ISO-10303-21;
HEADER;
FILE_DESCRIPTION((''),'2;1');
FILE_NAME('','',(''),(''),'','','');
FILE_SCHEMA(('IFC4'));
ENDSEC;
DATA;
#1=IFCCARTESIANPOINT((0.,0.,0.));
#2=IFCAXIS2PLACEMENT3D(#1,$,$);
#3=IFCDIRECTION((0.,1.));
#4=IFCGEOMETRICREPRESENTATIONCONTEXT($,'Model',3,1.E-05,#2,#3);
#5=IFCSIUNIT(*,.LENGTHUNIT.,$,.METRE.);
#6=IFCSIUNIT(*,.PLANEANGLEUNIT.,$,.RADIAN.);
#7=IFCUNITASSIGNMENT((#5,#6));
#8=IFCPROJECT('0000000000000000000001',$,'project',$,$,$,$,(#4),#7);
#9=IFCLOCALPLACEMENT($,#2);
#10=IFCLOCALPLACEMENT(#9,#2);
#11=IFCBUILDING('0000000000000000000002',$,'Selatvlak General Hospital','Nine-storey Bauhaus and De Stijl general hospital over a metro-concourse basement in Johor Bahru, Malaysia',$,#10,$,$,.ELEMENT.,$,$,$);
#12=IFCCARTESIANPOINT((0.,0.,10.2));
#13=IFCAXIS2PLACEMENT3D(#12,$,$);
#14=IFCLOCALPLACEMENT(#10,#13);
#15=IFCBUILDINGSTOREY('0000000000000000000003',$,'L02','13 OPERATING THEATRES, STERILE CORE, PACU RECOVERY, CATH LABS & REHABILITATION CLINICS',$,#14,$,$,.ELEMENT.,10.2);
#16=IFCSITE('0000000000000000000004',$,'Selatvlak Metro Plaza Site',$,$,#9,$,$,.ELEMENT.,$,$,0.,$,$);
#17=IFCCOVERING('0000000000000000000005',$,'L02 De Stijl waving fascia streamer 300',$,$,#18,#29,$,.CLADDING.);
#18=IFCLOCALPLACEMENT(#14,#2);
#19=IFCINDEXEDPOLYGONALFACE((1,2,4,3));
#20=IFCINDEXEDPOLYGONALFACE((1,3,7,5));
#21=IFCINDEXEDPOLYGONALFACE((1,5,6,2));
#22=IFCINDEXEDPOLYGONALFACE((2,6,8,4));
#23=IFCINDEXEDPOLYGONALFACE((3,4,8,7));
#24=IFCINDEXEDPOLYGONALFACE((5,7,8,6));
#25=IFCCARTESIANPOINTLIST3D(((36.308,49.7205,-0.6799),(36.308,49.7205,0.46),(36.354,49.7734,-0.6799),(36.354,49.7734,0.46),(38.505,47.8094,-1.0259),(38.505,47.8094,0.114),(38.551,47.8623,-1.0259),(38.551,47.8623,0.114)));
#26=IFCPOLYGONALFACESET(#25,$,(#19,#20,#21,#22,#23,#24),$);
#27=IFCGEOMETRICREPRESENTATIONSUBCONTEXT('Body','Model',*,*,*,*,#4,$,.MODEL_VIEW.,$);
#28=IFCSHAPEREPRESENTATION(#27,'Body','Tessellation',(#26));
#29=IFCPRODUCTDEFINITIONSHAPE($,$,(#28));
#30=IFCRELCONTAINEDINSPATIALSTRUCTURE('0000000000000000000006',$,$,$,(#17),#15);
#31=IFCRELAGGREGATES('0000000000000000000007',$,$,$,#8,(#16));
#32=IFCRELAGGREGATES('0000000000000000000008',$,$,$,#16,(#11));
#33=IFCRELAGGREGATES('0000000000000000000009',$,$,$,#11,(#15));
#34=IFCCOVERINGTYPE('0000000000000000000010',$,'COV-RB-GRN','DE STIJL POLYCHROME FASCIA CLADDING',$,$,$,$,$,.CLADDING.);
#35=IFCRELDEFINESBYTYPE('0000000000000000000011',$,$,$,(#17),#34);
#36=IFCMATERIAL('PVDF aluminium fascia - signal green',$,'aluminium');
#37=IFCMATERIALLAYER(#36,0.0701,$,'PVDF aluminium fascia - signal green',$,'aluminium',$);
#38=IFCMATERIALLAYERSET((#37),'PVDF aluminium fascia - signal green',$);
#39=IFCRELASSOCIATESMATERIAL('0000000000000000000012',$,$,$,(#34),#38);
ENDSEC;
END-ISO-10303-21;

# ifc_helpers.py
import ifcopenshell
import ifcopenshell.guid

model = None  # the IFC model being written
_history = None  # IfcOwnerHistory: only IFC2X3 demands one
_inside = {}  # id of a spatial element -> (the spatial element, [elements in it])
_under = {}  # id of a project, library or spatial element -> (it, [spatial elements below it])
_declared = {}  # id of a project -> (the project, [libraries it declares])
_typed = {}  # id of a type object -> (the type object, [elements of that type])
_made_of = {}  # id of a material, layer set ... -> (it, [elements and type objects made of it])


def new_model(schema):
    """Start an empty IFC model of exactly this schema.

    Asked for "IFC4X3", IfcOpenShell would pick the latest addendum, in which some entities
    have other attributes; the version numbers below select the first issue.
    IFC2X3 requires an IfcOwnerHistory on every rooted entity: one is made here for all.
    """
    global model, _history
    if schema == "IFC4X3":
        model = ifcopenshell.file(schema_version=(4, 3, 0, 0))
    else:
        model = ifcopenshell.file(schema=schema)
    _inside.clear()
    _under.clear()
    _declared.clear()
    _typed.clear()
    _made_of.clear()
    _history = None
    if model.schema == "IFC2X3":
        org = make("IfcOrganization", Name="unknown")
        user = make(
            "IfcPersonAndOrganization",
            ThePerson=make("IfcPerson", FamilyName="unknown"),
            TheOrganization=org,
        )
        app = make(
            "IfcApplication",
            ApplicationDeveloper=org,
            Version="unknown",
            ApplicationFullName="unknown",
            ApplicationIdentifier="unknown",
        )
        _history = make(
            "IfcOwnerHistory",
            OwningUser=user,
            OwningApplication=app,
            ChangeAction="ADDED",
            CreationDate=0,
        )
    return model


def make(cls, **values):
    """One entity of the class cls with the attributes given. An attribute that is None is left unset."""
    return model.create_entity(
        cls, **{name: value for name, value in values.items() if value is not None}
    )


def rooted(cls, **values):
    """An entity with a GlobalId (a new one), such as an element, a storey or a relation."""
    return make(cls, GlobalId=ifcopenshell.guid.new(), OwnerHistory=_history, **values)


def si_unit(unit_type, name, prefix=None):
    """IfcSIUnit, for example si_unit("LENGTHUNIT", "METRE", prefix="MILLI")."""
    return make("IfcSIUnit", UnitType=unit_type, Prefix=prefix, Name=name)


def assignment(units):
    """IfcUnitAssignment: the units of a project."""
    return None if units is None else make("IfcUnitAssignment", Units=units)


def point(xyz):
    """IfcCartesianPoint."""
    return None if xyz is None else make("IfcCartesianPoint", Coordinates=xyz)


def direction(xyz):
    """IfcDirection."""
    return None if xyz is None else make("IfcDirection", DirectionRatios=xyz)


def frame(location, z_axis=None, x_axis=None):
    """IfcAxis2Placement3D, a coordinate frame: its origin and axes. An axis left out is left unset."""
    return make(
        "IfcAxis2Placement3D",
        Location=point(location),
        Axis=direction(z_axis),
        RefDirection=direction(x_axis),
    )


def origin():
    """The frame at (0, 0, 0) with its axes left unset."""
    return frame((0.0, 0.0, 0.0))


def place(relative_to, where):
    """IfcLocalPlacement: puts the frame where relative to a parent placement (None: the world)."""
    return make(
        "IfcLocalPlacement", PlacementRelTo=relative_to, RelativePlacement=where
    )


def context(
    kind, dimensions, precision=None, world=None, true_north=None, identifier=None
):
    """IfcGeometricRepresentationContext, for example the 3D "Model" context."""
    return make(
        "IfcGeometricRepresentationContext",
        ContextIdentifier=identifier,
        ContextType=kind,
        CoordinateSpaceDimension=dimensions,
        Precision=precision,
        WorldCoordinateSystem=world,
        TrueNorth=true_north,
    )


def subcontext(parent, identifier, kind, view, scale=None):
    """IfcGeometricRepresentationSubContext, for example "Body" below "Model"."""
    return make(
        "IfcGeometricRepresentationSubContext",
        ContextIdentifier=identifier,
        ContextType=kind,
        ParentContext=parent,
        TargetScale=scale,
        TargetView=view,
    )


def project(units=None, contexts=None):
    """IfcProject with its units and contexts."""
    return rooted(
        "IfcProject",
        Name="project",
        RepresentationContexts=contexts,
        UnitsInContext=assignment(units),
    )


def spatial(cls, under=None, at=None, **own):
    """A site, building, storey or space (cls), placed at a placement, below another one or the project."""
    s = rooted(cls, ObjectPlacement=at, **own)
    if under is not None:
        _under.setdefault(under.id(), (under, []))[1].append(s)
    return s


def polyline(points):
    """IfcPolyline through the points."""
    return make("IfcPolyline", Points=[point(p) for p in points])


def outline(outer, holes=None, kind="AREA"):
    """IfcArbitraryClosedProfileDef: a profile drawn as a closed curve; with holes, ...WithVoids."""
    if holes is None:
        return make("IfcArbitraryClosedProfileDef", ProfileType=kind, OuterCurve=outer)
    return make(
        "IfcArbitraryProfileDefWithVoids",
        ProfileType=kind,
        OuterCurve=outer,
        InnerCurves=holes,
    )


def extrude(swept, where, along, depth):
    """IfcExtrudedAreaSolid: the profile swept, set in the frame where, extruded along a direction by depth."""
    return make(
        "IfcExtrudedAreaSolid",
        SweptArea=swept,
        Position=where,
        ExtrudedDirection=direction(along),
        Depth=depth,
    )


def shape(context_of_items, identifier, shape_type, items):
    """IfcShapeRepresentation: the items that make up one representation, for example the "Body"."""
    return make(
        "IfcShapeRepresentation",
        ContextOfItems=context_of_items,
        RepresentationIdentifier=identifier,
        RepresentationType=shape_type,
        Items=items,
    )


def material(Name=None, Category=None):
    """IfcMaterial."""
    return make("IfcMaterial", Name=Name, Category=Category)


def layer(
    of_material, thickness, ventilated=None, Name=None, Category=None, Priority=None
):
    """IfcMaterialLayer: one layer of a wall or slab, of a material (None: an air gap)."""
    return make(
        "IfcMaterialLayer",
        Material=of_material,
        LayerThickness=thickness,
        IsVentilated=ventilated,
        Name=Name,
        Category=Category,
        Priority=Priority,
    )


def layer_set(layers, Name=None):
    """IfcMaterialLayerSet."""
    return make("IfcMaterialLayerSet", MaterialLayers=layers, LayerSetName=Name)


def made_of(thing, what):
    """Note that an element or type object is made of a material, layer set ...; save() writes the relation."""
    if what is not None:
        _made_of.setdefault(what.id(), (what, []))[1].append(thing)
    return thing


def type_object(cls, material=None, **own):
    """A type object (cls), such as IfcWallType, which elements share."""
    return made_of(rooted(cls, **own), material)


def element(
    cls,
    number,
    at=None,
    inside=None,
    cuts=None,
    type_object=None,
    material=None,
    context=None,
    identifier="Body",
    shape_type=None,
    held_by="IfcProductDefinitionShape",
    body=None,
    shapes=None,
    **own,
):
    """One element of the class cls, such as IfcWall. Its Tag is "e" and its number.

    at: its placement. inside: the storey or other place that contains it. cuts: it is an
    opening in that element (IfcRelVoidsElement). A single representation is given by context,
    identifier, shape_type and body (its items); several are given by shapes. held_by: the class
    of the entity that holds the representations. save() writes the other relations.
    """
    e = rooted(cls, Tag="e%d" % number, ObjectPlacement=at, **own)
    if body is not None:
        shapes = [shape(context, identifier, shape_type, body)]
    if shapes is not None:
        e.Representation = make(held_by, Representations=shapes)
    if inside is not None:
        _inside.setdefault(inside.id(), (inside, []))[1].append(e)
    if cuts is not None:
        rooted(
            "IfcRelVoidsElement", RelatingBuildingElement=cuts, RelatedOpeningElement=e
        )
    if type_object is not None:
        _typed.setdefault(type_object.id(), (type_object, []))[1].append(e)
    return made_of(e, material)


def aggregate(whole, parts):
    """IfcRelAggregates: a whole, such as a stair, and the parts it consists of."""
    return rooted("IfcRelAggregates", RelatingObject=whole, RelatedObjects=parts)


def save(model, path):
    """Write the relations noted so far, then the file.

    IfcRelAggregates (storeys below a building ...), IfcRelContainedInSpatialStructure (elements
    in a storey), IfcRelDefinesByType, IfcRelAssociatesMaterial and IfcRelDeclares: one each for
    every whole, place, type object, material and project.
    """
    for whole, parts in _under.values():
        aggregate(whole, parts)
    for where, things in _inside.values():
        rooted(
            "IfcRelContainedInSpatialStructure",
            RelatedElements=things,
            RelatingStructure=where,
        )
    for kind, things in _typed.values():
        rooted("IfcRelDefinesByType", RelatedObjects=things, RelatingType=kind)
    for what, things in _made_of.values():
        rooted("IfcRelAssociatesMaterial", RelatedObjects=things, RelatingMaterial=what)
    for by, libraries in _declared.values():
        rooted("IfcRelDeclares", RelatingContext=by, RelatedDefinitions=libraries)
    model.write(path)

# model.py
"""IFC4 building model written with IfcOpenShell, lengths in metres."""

from ifc_helpers import new_model, si_unit, direction, frame, origin, place, context, subcontext, project, spatial, polyline, outline, extrude, material, layer, layer_set, type_object, element, save


model = new_model("IFC4")

# Units and contexts
model_context = context("Model", 3, precision=1e-05, world=origin(), true_north=direction((0.0, 1.0)))
body_context = subcontext(model_context, "Body", "Model", "MODEL_VIEW")
ifc_project = project(units=[si_unit("LENGTHUNIT", "METRE"), si_unit("PLANEANGLEUNIT", "RADIAN")], contexts=[model_context])

# Site, building, storey
site_placement = place(None, origin())
site = spatial("IfcSite", under=ifc_project, at=site_placement, Name="Selatvlak Metro Plaza Site", CompositionType="ELEMENT", RefElevation=0.0)
building_placement = place(site_placement, origin())
building = spatial("IfcBuilding", under=site, at=building_placement, Name="Selatvlak General Hospital", Description="Nine-storey Bauhaus and De Stijl general hospital over a metro-concourse basement in Johor Bahru, Malaysia", CompositionType="ELEMENT")
storey_placement = place(building_placement, frame((0.0, 0.0, 10.2)))
storey = spatial("IfcBuildingStorey", under=building, at=storey_placement, Name="L02", Description="13 OPERATING THEATRES, STERILE CORE, PACU RECOVERY, CATH LABS & REHABILITATION CLINICS", CompositionType="ELEMENT", Elevation=10.2)

# Covering
ifc_material_1 = material(Name="PVDF aluminium fascia - signal green", Category="aluminium")
ifc_layer_1 = layer(ifc_material_1, 0.0701, Name="PVDF aluminium fascia - signal green", Category="aluminium")
ifc_layer_set_1 = layer_set([ifc_layer_1], Name="PVDF aluminium fascia - signal green")
covering_type = type_object("IfcCoveringType", Name="COV-RB-GRN", Description="DE STIJL POLYCHROME FASCIA CLADDING", PredefinedType="CLADDING", material=ifc_layer_set_1)
covering_placement = place(storey_placement, frame((38.5281, 47.8359, -1.0259), z_axis=(0.0, 0.0, 1.0), x_axis=(-0.75449, 0.656312, 0.0)))
element("IfcCovering", 1, at=covering_placement, inside=storey, type_object=covering_type, Name="L02 De Stijl waving fascia streamer 300", PredefinedType="CLADDING", context=body_context, shape_type="SweptSolid", body=[
    extrude(outline(polyline([(0.0, 0.0), (2.9119, 0.3459), (2.9119, 1.4858), (0.0, 1.1399), (0.0, 0.0)])), frame((0.0, 0.0352, 0.0), z_axis=(0.0, -1.0, 0.0), x_axis=(1.0, 0.0, 0.0)), (0.0, 0.0, 1.0), 0.0701),
])

save(model, "model.ifc")
